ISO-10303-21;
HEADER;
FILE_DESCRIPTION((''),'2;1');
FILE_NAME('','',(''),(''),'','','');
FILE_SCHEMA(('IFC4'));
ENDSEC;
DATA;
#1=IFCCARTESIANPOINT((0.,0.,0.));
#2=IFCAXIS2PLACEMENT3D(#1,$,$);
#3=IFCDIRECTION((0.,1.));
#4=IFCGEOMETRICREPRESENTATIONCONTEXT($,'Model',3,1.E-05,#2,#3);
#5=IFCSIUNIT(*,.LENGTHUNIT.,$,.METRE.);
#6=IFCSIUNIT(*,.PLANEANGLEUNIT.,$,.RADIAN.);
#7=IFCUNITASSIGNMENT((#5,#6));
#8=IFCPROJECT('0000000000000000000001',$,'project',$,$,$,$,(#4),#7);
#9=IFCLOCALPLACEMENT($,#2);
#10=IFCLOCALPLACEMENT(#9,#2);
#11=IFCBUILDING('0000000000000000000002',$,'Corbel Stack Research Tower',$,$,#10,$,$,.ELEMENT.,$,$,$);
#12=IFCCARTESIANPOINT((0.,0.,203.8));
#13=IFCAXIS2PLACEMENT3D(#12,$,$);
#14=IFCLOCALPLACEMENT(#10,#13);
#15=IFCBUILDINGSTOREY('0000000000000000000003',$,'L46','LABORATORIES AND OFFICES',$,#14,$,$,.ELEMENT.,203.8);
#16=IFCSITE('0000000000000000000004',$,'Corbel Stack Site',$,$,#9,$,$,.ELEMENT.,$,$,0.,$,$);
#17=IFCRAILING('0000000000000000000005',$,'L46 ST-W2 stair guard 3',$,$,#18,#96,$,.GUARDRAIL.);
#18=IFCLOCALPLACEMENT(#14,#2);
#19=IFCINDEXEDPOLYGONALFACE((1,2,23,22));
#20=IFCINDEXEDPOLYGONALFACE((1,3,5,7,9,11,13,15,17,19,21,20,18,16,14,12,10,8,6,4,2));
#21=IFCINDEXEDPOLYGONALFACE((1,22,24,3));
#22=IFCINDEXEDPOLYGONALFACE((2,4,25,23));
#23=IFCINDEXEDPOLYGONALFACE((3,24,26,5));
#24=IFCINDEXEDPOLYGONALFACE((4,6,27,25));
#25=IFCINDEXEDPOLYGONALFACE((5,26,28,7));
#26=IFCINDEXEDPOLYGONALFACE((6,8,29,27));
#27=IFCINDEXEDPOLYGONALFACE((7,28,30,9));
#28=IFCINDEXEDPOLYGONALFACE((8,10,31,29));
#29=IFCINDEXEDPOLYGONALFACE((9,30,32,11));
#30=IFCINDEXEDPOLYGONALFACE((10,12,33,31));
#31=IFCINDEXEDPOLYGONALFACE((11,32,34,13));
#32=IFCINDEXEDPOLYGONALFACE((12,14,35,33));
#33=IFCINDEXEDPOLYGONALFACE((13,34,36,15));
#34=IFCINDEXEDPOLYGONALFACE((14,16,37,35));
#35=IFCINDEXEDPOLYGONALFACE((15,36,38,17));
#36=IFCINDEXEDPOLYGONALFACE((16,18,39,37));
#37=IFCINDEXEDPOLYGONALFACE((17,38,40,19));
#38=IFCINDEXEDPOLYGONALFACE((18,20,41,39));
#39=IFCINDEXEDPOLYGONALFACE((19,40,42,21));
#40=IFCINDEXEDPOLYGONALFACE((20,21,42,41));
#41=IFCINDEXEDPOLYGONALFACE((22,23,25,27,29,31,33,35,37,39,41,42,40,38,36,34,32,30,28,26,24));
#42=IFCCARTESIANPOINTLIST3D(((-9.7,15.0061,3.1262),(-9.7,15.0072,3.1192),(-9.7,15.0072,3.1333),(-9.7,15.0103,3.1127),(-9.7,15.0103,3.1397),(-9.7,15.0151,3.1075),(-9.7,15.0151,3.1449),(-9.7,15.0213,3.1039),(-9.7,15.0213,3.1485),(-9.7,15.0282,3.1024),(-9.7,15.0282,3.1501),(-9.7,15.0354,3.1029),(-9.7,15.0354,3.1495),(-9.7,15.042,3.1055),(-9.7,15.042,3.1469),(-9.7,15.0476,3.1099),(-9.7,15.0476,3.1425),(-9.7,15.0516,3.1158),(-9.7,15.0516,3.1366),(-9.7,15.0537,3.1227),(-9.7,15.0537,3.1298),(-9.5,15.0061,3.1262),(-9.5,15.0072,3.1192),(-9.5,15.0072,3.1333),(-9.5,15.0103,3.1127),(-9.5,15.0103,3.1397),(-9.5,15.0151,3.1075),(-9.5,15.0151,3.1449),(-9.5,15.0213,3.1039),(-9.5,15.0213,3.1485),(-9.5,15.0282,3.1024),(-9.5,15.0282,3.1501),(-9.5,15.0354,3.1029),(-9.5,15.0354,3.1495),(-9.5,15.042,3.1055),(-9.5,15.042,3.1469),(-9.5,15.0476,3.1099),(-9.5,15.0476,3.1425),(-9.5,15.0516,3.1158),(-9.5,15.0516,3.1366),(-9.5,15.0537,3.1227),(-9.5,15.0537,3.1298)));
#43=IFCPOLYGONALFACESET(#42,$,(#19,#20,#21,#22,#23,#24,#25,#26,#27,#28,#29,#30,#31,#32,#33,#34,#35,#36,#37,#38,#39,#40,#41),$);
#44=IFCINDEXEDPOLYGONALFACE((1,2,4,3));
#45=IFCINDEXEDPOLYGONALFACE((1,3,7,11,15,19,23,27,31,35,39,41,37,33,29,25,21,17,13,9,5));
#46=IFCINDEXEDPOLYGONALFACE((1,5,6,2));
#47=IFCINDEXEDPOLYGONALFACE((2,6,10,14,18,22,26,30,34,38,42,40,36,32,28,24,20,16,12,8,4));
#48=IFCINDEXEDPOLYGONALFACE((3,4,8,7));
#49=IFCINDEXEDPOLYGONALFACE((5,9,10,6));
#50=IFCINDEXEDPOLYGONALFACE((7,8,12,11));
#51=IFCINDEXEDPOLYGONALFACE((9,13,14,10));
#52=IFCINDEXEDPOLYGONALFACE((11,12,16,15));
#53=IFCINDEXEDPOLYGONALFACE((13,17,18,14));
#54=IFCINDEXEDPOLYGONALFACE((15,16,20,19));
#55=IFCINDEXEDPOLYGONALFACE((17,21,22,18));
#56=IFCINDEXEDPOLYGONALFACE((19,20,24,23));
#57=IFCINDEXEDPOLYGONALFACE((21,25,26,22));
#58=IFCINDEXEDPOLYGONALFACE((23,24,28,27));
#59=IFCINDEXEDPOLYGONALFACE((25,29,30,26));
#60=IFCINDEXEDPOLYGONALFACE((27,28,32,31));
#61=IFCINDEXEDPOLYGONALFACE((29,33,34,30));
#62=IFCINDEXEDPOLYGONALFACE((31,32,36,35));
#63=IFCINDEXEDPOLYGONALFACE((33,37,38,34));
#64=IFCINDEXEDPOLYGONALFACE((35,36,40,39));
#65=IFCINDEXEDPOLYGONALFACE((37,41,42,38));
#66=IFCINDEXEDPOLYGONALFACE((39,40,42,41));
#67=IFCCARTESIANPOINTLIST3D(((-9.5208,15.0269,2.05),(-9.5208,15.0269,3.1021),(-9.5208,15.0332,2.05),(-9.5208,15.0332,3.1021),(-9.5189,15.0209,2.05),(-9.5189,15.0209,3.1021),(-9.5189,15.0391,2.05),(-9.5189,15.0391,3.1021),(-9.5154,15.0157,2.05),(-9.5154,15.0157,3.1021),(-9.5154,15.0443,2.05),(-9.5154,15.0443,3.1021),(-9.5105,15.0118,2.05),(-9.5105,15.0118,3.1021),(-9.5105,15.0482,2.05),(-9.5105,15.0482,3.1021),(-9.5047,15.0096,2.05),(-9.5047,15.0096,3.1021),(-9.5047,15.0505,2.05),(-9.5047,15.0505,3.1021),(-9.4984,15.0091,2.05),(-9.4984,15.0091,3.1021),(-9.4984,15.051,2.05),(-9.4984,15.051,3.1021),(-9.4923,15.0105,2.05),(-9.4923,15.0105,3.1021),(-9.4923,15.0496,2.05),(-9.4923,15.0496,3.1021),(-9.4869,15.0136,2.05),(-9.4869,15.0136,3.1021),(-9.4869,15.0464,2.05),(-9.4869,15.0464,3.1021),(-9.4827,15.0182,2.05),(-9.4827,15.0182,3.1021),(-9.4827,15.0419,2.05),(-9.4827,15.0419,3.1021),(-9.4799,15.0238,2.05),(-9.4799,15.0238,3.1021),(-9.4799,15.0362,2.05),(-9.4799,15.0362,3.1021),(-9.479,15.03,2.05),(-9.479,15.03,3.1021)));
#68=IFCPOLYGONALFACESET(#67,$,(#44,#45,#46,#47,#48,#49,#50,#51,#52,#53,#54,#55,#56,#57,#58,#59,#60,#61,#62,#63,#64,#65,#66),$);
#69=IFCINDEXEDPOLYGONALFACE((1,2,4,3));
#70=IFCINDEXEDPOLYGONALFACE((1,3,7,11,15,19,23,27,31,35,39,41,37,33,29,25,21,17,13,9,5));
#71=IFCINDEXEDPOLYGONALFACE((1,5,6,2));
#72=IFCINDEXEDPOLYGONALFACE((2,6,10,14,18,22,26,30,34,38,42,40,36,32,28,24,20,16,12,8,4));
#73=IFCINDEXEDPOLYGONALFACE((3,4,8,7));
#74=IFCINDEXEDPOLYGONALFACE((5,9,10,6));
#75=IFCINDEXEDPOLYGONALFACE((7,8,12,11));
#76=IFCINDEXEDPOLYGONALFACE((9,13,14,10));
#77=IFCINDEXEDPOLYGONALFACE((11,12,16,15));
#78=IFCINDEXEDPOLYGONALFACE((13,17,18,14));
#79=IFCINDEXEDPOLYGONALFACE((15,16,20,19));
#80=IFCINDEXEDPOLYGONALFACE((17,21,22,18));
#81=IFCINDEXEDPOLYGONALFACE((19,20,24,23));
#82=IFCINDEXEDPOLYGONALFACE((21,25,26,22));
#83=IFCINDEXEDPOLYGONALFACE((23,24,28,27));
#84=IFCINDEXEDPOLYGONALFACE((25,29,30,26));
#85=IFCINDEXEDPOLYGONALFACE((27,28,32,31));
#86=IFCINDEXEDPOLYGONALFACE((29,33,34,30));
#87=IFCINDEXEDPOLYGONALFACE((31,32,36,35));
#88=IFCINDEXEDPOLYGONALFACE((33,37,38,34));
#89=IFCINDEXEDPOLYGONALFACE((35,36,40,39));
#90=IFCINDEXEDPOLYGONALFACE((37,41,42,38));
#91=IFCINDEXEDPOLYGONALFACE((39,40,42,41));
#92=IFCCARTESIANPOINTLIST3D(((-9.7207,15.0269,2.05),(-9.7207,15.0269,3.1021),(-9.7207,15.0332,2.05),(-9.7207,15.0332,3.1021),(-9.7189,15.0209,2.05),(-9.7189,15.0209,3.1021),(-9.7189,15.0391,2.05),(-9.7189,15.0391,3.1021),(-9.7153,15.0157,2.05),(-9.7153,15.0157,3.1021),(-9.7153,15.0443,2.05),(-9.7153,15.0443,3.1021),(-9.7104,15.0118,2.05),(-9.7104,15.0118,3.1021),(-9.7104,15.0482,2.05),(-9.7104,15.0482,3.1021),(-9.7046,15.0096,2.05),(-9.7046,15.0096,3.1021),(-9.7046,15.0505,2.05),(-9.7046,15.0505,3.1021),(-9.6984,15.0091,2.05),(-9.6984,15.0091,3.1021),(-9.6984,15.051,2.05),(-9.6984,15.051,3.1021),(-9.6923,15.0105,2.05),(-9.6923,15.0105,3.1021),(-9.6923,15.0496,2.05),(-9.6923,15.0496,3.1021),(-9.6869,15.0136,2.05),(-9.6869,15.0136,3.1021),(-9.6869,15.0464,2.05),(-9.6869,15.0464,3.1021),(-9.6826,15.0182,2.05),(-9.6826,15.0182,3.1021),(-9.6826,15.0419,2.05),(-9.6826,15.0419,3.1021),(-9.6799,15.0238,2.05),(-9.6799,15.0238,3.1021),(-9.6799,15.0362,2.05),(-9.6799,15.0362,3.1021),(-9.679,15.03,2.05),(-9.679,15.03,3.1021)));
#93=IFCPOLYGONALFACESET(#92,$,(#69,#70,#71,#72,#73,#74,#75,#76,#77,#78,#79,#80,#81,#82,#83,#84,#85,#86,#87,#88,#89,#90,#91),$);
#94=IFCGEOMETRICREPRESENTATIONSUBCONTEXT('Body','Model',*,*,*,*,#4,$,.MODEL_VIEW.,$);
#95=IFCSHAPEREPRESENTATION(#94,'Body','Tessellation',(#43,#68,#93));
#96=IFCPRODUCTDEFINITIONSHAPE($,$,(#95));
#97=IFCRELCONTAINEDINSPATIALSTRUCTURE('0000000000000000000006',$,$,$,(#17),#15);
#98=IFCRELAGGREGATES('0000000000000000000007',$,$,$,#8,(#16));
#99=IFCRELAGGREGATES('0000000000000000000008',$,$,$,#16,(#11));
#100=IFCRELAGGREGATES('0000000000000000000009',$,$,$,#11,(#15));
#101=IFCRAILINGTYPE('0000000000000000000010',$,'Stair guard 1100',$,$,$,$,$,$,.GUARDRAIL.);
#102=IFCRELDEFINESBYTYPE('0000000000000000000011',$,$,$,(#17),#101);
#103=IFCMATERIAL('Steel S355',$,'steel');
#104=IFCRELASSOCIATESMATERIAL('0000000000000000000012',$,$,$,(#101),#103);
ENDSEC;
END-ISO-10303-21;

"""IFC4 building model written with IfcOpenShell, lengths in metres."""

from ifc_helpers import new_model, si_unit, direction, frame, origin, origin_2d, place, context, subcontext, project, spatial, circle, extrude, material, type_object, element, save


model = new_model("IFC4")

# Units and contexts
model_context = context("Model", 3, precision=1e-05, world=origin(), true_north=direction((0.0, 1.0)))
body_context = subcontext(model_context, "Body", "Model", "MODEL_VIEW")
ifc_project = project(units=[si_unit("LENGTHUNIT", "METRE"), si_unit("PLANEANGLEUNIT", "RADIAN")], contexts=[model_context])

# Site, building, storey
site_placement = place(None, origin())
site = spatial("IfcSite", under=ifc_project, at=site_placement, Name="Corbel Stack Site", CompositionType="ELEMENT", RefElevation=0.0)
building_placement = place(site_placement, origin())
building = spatial("IfcBuilding", under=site, at=building_placement, Name="Corbel Stack Research Tower", CompositionType="ELEMENT")
storey_placement = place(building_placement, frame((0.0, 0.0, 203.8)))
storey = spatial("IfcBuildingStorey", under=building, at=storey_placement, Name="L46", Description="LABORATORIES AND OFFICES", CompositionType="ELEMENT", Elevation=203.8)

# Railing
ifc_material_1 = material(Name="Steel S355", Category="steel")
railing_type_1 = type_object("IfcRailingType", Name="Stair guard 1100", PredefinedType="GUARDRAIL", material=ifc_material_1)
railing_1_placement = place(storey_placement, frame((-9.5, 15.03, 2.05)))
element("IfcRailing", 1, at=railing_1_placement, inside=storey, type_object=railing_type_1, Name="L46 ST-W2 stair guard 3", PredefinedType="GUARDRAIL", context=body_context, shape_type="SweptSolid", body=[
    extrude(circle(Radius=0.0239, at=origin_2d()), frame((0.0, 0.0, 1.0762), z_axis=(-1.0, 0.0, 0.0), x_axis=(0.0, -1.0, 0.0)), (0.0, 0.0, 1.0), 0.2),
    extrude(circle(Radius=0.021, at=origin_2d()), origin(), (0.0, 0.0, 1.0), 1.052),
    extrude(circle(Radius=0.021, at=origin_2d()), frame((-0.2, 0.0, 0.0)), (0.0, 0.0, 1.0), 1.052),
])

save(model, "model.ifc")
